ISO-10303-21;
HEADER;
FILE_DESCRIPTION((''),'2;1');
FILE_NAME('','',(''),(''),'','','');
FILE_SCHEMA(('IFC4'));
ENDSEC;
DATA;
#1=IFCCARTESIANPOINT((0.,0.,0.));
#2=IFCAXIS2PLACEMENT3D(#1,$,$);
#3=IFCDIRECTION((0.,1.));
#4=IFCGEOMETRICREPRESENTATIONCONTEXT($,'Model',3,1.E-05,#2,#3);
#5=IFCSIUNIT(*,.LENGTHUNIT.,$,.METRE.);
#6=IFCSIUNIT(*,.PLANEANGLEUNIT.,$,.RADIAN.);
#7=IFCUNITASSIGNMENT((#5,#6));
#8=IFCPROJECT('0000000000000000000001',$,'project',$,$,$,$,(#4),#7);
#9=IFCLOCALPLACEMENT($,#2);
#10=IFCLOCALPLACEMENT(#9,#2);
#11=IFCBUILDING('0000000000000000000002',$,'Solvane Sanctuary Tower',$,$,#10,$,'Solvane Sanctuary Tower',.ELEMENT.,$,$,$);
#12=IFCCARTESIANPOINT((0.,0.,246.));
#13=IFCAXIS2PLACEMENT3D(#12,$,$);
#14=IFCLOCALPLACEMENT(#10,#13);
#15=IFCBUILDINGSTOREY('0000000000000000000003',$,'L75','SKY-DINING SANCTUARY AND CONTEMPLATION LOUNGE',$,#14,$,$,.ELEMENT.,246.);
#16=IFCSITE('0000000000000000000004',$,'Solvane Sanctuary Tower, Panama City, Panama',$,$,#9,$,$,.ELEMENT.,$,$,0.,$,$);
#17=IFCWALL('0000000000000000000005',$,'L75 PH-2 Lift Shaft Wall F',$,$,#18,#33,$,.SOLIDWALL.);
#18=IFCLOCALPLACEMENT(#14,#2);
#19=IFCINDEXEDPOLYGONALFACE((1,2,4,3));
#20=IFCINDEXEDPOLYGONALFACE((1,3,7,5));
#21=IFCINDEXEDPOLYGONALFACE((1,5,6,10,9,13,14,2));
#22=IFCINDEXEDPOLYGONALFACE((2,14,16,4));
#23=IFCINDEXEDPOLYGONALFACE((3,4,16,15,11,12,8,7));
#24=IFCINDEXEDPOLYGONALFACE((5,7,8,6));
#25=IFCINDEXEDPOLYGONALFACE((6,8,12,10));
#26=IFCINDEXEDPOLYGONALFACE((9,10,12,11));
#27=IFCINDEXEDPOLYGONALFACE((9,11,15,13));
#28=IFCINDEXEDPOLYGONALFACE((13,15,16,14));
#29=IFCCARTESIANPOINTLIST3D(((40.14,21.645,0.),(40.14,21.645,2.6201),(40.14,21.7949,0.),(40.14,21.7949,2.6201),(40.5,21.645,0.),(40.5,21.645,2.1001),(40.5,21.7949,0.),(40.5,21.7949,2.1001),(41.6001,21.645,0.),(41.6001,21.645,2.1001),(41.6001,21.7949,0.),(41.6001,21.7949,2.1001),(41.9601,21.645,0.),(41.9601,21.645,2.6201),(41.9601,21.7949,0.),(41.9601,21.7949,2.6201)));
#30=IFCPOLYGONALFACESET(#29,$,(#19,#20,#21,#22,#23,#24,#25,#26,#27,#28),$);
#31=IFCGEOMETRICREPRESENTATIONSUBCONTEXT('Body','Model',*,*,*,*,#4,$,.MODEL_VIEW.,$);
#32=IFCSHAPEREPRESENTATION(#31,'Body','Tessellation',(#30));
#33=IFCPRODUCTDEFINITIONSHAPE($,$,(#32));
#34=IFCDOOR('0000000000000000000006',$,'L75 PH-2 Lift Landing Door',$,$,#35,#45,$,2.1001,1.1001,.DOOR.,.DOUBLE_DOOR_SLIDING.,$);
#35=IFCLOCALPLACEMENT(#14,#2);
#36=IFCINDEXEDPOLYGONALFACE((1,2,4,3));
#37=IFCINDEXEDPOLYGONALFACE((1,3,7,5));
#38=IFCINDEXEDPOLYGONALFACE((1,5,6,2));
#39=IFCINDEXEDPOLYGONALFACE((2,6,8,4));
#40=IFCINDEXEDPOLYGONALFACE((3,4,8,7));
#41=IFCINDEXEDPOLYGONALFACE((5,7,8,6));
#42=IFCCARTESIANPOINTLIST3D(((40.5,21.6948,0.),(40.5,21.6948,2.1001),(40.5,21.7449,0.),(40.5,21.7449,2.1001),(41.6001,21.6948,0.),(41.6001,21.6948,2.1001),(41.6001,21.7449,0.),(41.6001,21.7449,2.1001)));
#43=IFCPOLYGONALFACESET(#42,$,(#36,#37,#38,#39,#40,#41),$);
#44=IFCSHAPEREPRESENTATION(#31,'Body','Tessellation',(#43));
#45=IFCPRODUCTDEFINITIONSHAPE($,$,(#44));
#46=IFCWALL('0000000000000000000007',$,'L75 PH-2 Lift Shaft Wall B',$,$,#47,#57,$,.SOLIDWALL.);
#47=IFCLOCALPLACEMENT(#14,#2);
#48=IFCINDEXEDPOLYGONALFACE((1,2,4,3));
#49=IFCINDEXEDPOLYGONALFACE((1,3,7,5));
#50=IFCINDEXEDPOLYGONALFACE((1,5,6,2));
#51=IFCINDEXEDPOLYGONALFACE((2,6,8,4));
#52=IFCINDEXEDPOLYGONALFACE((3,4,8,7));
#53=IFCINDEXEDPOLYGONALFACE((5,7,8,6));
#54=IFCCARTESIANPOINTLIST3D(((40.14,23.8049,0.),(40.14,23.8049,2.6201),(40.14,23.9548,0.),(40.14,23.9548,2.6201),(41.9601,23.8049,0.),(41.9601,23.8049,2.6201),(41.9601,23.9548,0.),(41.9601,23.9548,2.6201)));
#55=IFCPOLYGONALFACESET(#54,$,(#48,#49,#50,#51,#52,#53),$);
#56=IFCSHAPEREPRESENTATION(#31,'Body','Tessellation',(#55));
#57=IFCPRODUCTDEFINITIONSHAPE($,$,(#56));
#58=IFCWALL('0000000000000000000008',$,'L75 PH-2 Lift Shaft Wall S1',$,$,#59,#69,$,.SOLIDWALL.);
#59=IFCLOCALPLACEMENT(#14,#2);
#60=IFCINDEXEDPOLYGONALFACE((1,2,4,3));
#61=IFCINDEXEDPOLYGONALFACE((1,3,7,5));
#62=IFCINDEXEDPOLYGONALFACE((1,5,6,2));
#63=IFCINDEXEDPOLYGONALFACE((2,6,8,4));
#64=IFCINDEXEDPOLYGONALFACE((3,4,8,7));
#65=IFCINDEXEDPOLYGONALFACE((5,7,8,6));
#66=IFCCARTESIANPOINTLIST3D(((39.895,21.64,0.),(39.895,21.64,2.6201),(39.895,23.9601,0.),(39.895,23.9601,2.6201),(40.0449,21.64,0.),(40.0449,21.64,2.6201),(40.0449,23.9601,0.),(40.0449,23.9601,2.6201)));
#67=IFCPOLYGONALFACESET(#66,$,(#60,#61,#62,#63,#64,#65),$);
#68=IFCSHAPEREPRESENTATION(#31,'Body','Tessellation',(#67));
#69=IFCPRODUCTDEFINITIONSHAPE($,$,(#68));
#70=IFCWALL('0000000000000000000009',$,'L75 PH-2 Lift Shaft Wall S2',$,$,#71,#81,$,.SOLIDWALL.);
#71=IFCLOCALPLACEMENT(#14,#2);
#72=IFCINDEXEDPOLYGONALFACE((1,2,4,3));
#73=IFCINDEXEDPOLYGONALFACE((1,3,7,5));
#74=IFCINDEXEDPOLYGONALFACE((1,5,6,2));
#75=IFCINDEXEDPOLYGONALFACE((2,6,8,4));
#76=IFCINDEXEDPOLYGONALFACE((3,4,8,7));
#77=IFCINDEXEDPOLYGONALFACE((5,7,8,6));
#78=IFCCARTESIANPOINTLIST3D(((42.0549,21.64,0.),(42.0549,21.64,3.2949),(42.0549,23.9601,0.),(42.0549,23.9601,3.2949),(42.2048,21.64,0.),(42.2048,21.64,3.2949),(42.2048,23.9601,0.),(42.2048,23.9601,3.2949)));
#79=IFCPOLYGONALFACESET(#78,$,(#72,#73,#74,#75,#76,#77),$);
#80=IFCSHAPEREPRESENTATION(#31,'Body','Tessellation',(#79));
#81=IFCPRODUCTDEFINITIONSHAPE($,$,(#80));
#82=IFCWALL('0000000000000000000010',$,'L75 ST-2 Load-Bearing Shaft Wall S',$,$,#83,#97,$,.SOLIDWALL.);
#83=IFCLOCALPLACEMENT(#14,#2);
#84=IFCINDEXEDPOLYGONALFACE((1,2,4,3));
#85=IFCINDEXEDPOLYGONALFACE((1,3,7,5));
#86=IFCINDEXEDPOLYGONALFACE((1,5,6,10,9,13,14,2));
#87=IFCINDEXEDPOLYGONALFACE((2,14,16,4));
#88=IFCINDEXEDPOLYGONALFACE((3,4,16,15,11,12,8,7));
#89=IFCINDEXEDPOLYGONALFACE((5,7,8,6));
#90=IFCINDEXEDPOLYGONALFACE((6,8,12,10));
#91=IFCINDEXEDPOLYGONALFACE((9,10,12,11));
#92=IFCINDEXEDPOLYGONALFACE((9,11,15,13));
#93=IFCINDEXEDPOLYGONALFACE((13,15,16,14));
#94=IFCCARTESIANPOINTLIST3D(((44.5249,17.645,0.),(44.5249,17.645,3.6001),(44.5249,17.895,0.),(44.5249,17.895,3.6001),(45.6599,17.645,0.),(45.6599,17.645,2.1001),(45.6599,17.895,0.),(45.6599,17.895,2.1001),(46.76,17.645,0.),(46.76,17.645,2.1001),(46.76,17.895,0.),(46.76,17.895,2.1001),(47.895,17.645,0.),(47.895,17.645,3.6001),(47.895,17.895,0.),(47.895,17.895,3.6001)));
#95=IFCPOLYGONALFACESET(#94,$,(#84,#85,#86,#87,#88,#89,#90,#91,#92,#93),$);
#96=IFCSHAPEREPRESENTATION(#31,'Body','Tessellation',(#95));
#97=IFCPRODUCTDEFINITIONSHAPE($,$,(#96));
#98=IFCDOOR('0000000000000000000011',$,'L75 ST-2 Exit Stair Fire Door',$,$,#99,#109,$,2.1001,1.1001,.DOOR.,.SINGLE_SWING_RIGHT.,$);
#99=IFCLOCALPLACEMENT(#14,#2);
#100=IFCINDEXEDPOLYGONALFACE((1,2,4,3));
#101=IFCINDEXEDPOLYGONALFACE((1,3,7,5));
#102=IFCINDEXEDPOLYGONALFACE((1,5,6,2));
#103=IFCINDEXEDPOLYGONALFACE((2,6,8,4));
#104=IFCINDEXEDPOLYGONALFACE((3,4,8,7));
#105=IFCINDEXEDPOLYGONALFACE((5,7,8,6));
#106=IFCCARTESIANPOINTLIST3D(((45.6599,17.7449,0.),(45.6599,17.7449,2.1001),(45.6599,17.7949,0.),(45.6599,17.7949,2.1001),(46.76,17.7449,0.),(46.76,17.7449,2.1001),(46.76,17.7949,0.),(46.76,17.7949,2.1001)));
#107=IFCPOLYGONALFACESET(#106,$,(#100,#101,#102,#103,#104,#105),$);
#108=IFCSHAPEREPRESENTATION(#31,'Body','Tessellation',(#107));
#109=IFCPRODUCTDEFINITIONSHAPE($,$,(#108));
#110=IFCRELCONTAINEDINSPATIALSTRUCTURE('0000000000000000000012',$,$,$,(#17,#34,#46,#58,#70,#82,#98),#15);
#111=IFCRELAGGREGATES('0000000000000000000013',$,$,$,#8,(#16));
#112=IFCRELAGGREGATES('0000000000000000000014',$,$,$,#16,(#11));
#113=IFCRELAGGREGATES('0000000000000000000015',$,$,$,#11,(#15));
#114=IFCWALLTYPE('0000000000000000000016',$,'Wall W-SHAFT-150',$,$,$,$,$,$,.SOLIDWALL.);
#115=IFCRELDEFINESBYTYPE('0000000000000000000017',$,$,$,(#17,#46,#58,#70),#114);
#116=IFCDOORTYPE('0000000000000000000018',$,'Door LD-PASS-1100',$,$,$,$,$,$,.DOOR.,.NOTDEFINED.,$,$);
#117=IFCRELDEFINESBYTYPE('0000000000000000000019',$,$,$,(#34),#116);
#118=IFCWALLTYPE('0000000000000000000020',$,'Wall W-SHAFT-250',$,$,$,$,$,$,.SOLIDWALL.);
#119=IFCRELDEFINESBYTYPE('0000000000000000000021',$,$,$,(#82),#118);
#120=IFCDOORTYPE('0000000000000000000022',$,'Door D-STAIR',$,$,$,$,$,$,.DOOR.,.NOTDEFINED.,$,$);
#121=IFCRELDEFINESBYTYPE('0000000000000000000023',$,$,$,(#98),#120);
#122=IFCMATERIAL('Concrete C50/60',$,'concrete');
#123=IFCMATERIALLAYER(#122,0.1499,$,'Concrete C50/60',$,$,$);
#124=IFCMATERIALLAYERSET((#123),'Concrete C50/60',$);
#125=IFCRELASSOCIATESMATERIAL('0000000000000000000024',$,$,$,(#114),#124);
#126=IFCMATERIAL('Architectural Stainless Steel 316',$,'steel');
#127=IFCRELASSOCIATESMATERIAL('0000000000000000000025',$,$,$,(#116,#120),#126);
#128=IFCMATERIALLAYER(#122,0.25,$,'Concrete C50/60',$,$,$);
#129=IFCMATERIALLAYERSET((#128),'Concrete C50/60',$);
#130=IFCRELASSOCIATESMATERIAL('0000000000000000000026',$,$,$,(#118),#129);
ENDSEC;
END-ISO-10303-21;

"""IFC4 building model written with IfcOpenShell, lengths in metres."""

from ifc_helpers import new_model, si_unit, direction, frame, frame_2d, origin, place, context, subcontext, project, spatial, rectangle, extrude, material, layer, layer_set, type_object, element, fill, save


model = new_model("IFC4")

# Units and contexts
model_context = context("Model", 3, precision=1e-05, world=origin(), true_north=direction((0.0, 1.0)))
body_context = subcontext(model_context, "Body", "Model", "MODEL_VIEW")
ifc_project = project(units=[si_unit("LENGTHUNIT", "METRE"), si_unit("PLANEANGLEUNIT", "RADIAN")], contexts=[model_context])

# Site, building, storey
site_placement = place(None, origin())
site = spatial("IfcSite", under=ifc_project, at=site_placement, Name="Solvane Sanctuary Tower, Panama City, Panama", CompositionType="ELEMENT", RefElevation=0.0)
building_placement = place(site_placement, origin())
building = spatial("IfcBuilding", under=site, at=building_placement, Name="Solvane Sanctuary Tower", LongName="Solvane Sanctuary Tower", CompositionType="ELEMENT")
storey_placement = place(building_placement, frame((0.0, 0.0, 246.0)))
storey = spatial("IfcBuildingStorey", under=building, at=storey_placement, Name="L75", Description="SKY-DINING SANCTUARY AND CONTEMPLATION LOUNGE", CompositionType="ELEMENT", Elevation=246.0)

# Shared definitions
ifc_material_1 = material(Name="Architectural Stainless Steel 316", Category="steel")

# Wall, opening, door
ifc_material_2 = material(Name="Concrete C50/60", Category="concrete")
ifc_layer_1 = layer(ifc_material_2, 0.1499, Name="Concrete C50/60")
ifc_layer_set_1 = layer_set([ifc_layer_1], Name="Concrete C50/60")
wall_type_1 = type_object("IfcWallType", Name="Wall W-SHAFT-150", PredefinedType="SOLIDWALL", material=ifc_layer_set_1)
wall_1_placement = place(storey_placement, frame((40.1399, 21.72, 0.0), z_axis=(0.0, 0.0, 1.0), x_axis=(1.0, 0.0, 0.0)))
wall_1 = element("IfcWall", 1, at=wall_1_placement, inside=storey, type_object=wall_type_1, Name="L75 PH-2 Lift Shaft Wall F", PredefinedType="SOLIDWALL", context=body_context, shape_type="SweptSolid", body=[
    extrude(rectangle(XDim=1.8201, YDim=0.1499, at=frame_2d((0.9102, 0.0))), origin(), (0.0, 0.0, 1.0), 2.6201),
])
opening_1_placement = place(wall_1_placement, frame((0.3601, 0.0, 0.0)))
opening_1 = element("IfcOpeningElement", 2, at=opening_1_placement, cuts=wall_1, PredefinedType="OPENING", context=body_context, shape_type="SweptSolid", body=[
    extrude(rectangle(XDim=1.1001, YDim=2.1001, at=frame_2d((0.55, 1.05))), frame((0.0, 0.085, 0.0), z_axis=(0.0, -1.0, 0.0), x_axis=(1.0, 0.0, 0.0)), (0.0, 0.0, 1.0), 0.1699),
])
door_type_1 = type_object("IfcDoorType", Name="Door LD-PASS-1100", OperationType="NOTDEFINED", PredefinedType="DOOR", material=ifc_material_1)
door_1_placement = place(opening_1_placement, origin())
door_1 = element("IfcDoor", 3, at=door_1_placement, inside=storey, type_object=door_type_1, Name="L75 PH-2 Lift Landing Door", OperationType="DOUBLE_DOOR_SLIDING", OverallHeight=2.1001, OverallWidth=1.1001, PredefinedType="DOOR", context=body_context, shape_type="SweptSolid", body=[
    extrude(rectangle(XDim=1.1001, YDim=2.1001, at=frame_2d((0.55, 1.05))), frame((0.0, 0.0249, 0.0), z_axis=(0.0, -1.0, 0.0), x_axis=(1.0, 0.0, 0.0)), (0.0, 0.0, 1.0), 0.05),
])
fill(opening_1, door_1)

# Walls
wall_2_placement = place(storey_placement, frame((40.1399, 23.8799, 0.0), z_axis=(0.0, 0.0, 1.0), x_axis=(1.0, 0.0, 0.0)))
element("IfcWall", 4, at=wall_2_placement, inside=storey, type_object=wall_type_1, Name="L75 PH-2 Lift Shaft Wall B", PredefinedType="SOLIDWALL", context=body_context, shape_type="SweptSolid", body=[
    extrude(rectangle(XDim=1.8201, YDim=0.1499, at=frame_2d((0.9102, 0.0))), origin(), (0.0, 0.0, 1.0), 2.6201),
])
wall_3_placement = place(storey_placement, frame((39.97, 21.6399, 0.0), z_axis=(0.0, 0.0, 1.0), x_axis=(0.0, 1.0, 0.0)))
element("IfcWall", 5, at=wall_3_placement, inside=storey, type_object=wall_type_1, Name="L75 PH-2 Lift Shaft Wall S1", PredefinedType="SOLIDWALL", context=body_context, shape_type="SweptSolid", body=[
    extrude(rectangle(XDim=2.3201, YDim=0.1499, at=frame_2d((1.1602, 0.0))), origin(), (0.0, 0.0, 1.0), 2.6201),
])
wall_4_placement = place(storey_placement, frame((42.1299, 21.6399, 0.0), z_axis=(0.0, 0.0, 1.0), x_axis=(0.0, 1.0, 0.0)))
element("IfcWall", 6, at=wall_4_placement, inside=storey, type_object=wall_type_1, Name="L75 PH-2 Lift Shaft Wall S2", PredefinedType="SOLIDWALL", context=body_context, shape_type="SweptSolid", body=[
    extrude(rectangle(XDim=2.3201, YDim=0.1499, at=frame_2d((1.1602, 0.0))), origin(), (0.0, 0.0, 1.0), 3.2949),
])

# Wall, opening, door
ifc_layer_2 = layer(ifc_material_2, 0.25, Name="Concrete C50/60")
ifc_layer_set_2 = layer_set([ifc_layer_2], Name="Concrete C50/60")
wall_type_2 = type_object("IfcWallType", Name="Wall W-SHAFT-250", PredefinedType="SOLIDWALL", material=ifc_layer_set_2)
wall_5_placement = place(storey_placement, frame((44.5249, 17.77, 0.0), z_axis=(0.0, 0.0, 1.0), x_axis=(1.0, 0.0, 0.0)))
wall_5 = element("IfcWall", 7, at=wall_5_placement, inside=storey, type_object=wall_type_2, Name="L75 ST-2 Load-Bearing Shaft Wall S", PredefinedType="SOLIDWALL", context=body_context, shape_type="SweptSolid", body=[
    extrude(rectangle(XDim=3.3701, YDim=0.25, at=frame_2d((1.6851, 0.0))), origin(), (0.0, 0.0, 1.0), 3.6001),
])
opening_2_placement = place(wall_5_placement, frame((1.135, 0.0, 0.0)))
opening_2 = element("IfcOpeningElement", 8, at=opening_2_placement, cuts=wall_5, PredefinedType="OPENING", context=body_context, shape_type="SweptSolid", body=[
    extrude(rectangle(XDim=1.1001, YDim=2.1001, at=frame_2d((0.55, 1.05))), frame((0.0, 0.135, 0.0), z_axis=(0.0, -1.0, 0.0), x_axis=(1.0, 0.0, 0.0)), (0.0, 0.0, 1.0), 0.27),
])
door_type_2 = type_object("IfcDoorType", Name="Door D-STAIR", OperationType="NOTDEFINED", PredefinedType="DOOR", material=ifc_material_1)
door_2_placement = place(opening_2_placement, origin())
door_2 = element("IfcDoor", 9, at=door_2_placement, inside=storey, type_object=door_type_2, Name="L75 ST-2 Exit Stair Fire Door", OperationType="SINGLE_SWING_RIGHT", OverallHeight=2.1001, OverallWidth=1.1001, PredefinedType="DOOR", context=body_context, shape_type="SweptSolid", body=[
    extrude(rectangle(XDim=1.1001, YDim=2.1001, at=frame_2d((0.55, 1.05))), frame((0.0, 0.0249, 0.0), z_axis=(0.0, -1.0, 0.0), x_axis=(1.0, 0.0, 0.0)), (0.0, 0.0, 1.0), 0.05),
])
fill(opening_2, door_2)

save(model, "model.ifc")
